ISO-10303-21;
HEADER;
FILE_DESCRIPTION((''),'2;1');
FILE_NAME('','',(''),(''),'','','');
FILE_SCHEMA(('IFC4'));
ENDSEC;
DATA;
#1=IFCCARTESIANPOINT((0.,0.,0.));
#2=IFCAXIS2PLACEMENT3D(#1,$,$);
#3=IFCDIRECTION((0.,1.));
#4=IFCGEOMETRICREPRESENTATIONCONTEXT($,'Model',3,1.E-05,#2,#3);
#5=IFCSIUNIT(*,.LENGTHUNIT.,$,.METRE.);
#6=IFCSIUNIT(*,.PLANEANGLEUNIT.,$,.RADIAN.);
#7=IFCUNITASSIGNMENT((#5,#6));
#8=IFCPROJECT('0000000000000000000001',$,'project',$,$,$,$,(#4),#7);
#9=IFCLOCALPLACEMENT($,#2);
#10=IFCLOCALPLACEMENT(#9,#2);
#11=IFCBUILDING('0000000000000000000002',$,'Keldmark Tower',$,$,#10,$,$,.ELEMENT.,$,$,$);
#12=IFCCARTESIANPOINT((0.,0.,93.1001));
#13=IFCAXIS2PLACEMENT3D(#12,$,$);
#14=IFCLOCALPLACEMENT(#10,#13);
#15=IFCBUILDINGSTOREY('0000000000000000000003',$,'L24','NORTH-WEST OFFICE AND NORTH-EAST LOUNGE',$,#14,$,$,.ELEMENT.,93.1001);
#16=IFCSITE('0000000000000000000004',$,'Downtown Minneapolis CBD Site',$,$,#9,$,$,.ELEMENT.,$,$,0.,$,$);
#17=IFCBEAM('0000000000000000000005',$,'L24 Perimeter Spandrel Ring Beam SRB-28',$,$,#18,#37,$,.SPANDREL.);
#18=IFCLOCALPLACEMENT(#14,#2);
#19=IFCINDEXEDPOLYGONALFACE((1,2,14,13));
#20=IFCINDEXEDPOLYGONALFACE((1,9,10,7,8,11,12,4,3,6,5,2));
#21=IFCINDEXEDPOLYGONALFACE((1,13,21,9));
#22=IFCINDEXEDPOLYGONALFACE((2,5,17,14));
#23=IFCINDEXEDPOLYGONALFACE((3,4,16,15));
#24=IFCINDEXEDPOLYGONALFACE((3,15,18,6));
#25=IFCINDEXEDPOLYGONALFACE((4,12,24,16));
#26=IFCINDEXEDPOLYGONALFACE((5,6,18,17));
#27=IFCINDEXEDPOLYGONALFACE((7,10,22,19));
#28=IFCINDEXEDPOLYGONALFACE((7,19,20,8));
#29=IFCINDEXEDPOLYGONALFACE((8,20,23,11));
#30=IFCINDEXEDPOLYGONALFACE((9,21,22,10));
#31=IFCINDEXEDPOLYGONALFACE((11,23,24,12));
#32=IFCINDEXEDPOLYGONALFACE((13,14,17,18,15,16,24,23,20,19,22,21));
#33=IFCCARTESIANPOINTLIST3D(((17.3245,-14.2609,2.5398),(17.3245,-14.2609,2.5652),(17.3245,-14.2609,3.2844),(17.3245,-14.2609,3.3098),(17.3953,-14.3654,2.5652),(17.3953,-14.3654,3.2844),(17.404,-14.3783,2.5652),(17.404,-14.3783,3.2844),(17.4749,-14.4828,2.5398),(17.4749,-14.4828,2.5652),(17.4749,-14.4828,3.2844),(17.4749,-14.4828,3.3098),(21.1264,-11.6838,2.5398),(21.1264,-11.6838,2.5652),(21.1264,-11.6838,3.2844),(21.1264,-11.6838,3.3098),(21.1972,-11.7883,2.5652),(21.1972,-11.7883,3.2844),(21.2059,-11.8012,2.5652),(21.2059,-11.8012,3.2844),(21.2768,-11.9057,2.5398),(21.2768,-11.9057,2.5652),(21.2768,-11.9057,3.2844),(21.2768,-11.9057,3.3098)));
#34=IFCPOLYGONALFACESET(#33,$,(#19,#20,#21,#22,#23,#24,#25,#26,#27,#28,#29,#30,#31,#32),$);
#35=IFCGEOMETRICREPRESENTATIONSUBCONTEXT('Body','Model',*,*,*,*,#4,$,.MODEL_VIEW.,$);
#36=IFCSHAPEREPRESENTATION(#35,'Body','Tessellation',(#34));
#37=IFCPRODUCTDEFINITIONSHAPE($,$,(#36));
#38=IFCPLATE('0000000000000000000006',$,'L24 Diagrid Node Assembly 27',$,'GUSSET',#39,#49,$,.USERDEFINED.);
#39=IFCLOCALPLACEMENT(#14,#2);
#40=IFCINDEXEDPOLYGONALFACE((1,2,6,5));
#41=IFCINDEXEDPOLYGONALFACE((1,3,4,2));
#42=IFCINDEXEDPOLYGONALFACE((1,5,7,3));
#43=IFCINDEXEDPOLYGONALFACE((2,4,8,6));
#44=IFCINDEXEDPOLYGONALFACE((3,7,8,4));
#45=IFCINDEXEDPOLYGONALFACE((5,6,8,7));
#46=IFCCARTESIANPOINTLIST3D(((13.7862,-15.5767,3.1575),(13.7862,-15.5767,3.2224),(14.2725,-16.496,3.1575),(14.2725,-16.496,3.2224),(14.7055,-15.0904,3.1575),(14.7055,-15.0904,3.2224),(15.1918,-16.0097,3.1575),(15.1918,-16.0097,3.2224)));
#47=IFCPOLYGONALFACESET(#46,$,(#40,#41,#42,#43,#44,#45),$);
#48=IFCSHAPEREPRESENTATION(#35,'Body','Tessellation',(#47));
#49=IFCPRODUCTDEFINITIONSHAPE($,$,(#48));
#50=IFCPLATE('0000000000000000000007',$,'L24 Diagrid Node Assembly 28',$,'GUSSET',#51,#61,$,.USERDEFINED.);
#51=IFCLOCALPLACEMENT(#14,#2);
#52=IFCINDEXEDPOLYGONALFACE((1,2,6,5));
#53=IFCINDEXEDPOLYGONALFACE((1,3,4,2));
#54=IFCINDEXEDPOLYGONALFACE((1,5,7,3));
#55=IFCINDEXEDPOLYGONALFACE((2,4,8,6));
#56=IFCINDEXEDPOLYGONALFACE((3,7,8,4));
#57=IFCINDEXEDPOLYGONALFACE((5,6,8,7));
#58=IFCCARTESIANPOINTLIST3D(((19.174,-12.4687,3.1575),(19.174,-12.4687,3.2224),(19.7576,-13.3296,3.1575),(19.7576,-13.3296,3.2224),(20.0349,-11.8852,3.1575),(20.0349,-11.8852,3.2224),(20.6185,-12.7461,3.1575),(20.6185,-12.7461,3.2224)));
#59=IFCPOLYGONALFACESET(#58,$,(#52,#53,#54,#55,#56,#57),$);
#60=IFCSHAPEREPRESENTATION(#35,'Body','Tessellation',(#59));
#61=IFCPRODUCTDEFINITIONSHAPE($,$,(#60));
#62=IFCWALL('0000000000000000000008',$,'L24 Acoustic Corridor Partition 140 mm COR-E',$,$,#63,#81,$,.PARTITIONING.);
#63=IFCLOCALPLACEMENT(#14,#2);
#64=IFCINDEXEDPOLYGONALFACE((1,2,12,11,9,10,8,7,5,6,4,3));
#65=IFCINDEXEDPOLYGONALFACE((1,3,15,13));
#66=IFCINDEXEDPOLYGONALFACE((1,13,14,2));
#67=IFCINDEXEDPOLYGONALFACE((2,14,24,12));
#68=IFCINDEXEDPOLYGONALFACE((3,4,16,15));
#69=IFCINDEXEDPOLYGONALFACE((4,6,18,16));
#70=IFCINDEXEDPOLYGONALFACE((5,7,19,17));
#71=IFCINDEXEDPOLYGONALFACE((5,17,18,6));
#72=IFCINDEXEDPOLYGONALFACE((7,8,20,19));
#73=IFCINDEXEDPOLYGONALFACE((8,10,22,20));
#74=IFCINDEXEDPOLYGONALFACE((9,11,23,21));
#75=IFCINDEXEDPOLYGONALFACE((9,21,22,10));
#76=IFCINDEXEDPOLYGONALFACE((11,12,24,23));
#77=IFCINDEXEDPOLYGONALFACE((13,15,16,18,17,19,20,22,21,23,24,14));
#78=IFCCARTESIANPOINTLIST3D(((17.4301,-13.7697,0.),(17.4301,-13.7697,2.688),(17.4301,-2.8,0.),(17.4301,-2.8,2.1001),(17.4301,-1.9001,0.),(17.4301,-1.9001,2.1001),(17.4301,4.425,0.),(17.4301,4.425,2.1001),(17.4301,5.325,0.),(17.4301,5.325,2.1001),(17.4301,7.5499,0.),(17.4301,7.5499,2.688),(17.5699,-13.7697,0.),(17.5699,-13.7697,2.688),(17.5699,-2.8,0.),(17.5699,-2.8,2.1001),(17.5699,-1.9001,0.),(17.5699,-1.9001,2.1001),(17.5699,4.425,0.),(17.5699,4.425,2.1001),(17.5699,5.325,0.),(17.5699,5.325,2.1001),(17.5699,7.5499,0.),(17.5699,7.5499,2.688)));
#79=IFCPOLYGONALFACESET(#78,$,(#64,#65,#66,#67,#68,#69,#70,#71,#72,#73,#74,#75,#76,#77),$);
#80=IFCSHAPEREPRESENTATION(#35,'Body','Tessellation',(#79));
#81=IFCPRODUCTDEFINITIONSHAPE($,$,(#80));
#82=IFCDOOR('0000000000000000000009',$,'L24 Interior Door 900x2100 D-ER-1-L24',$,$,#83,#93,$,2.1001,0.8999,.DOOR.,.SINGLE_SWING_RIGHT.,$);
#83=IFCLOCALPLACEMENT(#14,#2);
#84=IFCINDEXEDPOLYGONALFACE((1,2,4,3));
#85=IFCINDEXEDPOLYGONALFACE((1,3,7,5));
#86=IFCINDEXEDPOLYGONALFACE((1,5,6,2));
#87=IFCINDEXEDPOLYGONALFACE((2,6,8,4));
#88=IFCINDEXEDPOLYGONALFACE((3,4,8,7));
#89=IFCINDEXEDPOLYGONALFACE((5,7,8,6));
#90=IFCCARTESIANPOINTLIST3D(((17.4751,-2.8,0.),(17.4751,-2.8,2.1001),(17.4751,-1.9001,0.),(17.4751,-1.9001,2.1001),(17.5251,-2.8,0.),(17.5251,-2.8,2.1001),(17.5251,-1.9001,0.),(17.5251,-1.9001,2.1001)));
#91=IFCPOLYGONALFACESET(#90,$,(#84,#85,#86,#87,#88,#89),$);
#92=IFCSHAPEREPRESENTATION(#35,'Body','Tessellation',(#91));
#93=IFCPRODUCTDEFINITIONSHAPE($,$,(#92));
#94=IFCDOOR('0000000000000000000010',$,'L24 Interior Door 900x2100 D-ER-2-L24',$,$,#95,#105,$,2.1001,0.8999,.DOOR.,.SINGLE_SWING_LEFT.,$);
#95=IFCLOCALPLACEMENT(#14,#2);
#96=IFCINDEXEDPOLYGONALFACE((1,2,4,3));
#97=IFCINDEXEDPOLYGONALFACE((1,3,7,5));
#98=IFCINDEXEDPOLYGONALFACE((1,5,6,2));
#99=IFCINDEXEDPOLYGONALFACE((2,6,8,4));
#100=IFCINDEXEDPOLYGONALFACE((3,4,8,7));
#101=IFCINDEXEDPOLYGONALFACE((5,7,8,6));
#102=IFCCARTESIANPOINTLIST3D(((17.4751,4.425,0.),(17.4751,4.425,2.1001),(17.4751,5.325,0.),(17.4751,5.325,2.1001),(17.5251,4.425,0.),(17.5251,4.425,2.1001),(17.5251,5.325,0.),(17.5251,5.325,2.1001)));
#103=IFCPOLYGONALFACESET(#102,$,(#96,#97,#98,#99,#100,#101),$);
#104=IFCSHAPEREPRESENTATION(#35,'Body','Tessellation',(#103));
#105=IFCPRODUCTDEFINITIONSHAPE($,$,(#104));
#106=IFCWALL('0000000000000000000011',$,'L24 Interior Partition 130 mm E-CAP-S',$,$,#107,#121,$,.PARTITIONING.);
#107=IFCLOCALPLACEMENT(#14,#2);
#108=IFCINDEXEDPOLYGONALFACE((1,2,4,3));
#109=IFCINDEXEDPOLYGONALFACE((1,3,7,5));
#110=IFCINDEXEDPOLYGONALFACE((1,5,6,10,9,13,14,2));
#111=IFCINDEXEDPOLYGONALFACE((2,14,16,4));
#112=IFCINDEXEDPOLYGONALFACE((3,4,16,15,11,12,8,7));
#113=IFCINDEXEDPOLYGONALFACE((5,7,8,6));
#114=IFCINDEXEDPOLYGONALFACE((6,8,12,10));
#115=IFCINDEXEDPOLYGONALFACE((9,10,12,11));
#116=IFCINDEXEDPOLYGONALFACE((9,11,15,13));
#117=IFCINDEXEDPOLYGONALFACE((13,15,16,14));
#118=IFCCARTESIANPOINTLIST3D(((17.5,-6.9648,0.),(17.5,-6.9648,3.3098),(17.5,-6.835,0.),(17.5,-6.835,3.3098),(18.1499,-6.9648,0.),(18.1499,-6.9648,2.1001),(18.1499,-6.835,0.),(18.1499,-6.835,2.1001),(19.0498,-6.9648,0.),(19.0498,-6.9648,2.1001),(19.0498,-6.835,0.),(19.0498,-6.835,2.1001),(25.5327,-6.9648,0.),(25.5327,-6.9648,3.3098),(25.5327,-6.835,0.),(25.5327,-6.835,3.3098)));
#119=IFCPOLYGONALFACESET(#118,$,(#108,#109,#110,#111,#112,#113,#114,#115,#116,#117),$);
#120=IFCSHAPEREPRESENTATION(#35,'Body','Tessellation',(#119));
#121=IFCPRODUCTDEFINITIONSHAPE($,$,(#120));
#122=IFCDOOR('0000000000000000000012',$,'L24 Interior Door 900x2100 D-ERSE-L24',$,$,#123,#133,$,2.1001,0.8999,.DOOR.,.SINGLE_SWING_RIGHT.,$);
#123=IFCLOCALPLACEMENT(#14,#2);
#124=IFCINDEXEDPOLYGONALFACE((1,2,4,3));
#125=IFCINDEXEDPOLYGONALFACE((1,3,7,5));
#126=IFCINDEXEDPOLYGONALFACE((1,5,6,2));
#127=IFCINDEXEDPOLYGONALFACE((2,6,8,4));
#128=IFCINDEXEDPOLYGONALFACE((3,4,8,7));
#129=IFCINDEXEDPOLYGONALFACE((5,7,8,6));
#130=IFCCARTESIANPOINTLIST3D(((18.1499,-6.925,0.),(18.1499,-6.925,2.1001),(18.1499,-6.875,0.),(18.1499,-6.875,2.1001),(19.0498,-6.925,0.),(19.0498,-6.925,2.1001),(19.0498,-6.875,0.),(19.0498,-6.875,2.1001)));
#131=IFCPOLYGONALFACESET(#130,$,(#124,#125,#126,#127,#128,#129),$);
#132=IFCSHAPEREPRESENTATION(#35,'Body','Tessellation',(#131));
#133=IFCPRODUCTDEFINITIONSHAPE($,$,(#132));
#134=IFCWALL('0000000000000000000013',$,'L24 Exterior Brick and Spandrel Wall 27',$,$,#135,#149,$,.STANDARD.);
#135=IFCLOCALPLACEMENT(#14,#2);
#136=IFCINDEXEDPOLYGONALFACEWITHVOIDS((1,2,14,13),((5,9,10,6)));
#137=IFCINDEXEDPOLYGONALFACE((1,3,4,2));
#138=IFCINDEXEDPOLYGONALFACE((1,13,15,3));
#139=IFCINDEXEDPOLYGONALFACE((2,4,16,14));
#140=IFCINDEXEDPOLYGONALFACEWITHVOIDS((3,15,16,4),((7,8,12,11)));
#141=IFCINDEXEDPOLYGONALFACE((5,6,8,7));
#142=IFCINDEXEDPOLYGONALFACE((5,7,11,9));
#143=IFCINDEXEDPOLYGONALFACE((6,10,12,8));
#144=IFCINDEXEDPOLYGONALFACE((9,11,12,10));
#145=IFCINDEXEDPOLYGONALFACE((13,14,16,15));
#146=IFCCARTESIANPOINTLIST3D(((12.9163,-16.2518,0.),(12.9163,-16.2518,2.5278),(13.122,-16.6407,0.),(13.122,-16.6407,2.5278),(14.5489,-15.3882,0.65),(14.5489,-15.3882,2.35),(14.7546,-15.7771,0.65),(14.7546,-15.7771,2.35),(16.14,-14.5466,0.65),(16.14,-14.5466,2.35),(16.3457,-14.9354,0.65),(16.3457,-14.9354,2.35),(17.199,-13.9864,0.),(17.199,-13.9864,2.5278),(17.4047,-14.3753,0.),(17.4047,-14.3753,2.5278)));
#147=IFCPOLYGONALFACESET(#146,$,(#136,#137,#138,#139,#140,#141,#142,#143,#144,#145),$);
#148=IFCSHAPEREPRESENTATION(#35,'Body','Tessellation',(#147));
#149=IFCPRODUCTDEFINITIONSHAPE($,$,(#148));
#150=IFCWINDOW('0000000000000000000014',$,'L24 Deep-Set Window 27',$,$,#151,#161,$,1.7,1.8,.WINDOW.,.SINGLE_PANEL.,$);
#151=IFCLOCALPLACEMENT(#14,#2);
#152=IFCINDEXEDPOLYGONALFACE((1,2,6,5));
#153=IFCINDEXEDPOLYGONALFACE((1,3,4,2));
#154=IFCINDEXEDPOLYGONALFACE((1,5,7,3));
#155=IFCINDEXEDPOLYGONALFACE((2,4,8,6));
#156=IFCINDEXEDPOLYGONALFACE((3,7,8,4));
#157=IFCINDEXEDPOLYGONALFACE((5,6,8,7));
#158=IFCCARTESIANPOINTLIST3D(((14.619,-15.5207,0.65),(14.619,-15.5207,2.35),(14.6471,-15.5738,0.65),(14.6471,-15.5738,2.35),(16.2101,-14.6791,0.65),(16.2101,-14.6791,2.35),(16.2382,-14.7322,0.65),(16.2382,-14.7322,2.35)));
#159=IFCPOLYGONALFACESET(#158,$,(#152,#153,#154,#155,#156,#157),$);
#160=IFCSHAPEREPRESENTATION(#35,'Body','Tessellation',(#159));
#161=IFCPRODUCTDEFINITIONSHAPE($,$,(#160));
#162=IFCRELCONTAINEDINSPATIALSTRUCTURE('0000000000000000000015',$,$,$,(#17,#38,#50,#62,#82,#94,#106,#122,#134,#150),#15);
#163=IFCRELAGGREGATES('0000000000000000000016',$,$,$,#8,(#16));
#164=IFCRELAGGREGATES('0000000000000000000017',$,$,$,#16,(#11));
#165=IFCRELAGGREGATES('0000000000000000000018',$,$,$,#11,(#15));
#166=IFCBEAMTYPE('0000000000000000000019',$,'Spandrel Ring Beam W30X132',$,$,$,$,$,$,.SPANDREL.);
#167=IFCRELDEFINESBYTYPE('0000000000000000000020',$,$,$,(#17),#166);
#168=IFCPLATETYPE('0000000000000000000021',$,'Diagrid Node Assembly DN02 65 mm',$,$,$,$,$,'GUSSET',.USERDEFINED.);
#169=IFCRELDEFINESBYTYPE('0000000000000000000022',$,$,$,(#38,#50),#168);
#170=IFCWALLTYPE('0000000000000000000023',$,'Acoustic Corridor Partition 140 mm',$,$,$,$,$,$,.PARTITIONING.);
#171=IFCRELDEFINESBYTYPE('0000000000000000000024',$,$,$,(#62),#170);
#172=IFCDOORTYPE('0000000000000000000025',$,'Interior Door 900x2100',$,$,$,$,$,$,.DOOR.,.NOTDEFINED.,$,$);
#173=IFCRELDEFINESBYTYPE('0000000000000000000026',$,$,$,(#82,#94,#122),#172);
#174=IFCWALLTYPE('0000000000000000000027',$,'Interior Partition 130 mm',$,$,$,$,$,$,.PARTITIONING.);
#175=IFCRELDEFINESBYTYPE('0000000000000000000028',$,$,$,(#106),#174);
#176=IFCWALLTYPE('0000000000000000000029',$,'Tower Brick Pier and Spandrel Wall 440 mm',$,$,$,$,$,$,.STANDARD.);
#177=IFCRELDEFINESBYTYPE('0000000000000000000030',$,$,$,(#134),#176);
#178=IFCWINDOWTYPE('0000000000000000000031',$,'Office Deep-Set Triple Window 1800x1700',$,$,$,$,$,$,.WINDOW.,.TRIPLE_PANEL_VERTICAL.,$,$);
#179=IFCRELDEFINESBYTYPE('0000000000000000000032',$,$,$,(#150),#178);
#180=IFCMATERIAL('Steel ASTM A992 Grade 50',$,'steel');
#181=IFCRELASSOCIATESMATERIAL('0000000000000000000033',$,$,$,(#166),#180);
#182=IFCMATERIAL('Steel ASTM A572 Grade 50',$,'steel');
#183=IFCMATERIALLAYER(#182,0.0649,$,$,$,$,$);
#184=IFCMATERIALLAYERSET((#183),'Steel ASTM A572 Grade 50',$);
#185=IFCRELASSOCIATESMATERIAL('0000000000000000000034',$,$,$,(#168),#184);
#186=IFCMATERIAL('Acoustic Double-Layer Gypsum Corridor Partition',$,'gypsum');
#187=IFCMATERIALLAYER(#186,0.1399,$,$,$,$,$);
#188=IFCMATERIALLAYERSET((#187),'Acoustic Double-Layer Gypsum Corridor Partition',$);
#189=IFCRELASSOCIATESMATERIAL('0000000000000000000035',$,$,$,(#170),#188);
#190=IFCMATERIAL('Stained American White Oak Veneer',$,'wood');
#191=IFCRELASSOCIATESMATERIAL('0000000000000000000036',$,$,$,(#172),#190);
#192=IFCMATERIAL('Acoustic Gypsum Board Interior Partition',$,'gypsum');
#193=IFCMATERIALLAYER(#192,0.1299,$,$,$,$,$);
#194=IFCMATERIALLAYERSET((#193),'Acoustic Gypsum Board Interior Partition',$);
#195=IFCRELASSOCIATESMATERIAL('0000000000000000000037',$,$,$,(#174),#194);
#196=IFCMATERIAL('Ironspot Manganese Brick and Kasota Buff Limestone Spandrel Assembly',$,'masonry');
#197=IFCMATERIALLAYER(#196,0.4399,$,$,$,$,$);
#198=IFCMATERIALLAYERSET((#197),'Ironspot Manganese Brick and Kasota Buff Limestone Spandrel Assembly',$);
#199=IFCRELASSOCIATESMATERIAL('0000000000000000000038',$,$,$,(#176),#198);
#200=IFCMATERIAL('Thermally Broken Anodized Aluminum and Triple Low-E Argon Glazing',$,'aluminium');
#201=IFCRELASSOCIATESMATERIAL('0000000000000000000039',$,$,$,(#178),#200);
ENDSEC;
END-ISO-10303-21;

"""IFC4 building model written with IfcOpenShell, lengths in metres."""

from ifc_helpers import new_model, si_unit, direction, frame, frame_2d, origin, origin_2d, place, context, subcontext, project, spatial, rectangle, i_section, extrude, material, layer, layer_set, material_profile, profile_set, type_object, element, fill, save


model = new_model("IFC4")

# Units and contexts
model_context = context("Model", 3, precision=1e-05, world=origin(), true_north=direction((0.0, 1.0)))
body_context = subcontext(model_context, "Body", "Model", "MODEL_VIEW")
ifc_project = project(units=[si_unit("LENGTHUNIT", "METRE"), si_unit("PLANEANGLEUNIT", "RADIAN")], contexts=[model_context])

# Site, building, storey
site_placement = place(None, origin())
site = spatial("IfcSite", under=ifc_project, at=site_placement, Name="Downtown Minneapolis CBD Site", CompositionType="ELEMENT", RefElevation=0.0)
building_placement = place(site_placement, origin())
building = spatial("IfcBuilding", under=site, at=building_placement, Name="Keldmark Tower", CompositionType="ELEMENT")
storey_placement = place(building_placement, frame((0.0, 0.0, 93.1001)))
storey = spatial("IfcBuildingStorey", under=building, at=storey_placement, Name="L24", Description="NORTH-WEST OFFICE AND NORTH-EAST LOUNGE", CompositionType="ELEMENT", Elevation=93.1001)

# Beam
ifc_material_1 = material(Name="Steel ASTM A992 Grade 50", Category="steel")
ifc_material_profile_1 = material_profile(ifc_material_1, i_section(OverallWidth=0.2681, OverallDepth=0.77, WebThickness=0.0156, FlangeThickness=0.0254, at=origin_2d()), Name="W30X132")
ifc_profile_set_1 = profile_set([ifc_material_profile_1], Name="Steel ASTM A992 Grade 50")
beam_type_1 = type_object("IfcBeamType", Name="Spandrel Ring Beam W30X132", PredefinedType="SPANDREL", material=ifc_profile_set_1)
beam_1_placement = place(storey_placement, frame((17.3997, -14.3718, 2.9248), z_axis=(0.827757, 0.561087, 0.0), x_axis=(-0.561087, 0.827757, 0.0)))
element("IfcBeam", 1, at=beam_1_placement, inside=storey, type_object=beam_type_1, Name="L24 Perimeter Spandrel Ring Beam SRB-28", PredefinedType="SPANDREL", context=body_context, shape_type="SweptSolid", body=[
    extrude(i_section(OverallWidth=0.2681, OverallDepth=0.77, WebThickness=0.0156, FlangeThickness=0.0254, at=origin_2d()), origin(), (0.0, 0.0, 1.0), 4.593),
])

# Plates
ifc_material_2 = material(Name="Steel ASTM A572 Grade 50", Category="steel")
ifc_layer_1 = layer(ifc_material_2, 0.0649)
ifc_layer_set_1 = layer_set([ifc_layer_1], Name="Steel ASTM A572 Grade 50")
plate_type = type_object("IfcPlateType", Name="Diagrid Node Assembly DN02 65 mm", ElementType="GUSSET", PredefinedType="USERDEFINED", material=ifc_layer_set_1)
for number, where, z_axis, x_axis, name in (
    (2, (14.489, -15.7932, 3.1575), (0.0, 0.0, 1.0), (0.883929, 0.467621, 0.0), "L24 Diagrid Node Assembly 27"),
    (3, (19.8962, -12.6074, 3.1575), (0.0, 0.0, 1.0), (0.827767, 0.561072, 0.0), "L24 Diagrid Node Assembly 28"),
):
    element("IfcPlate", number, at=place(storey_placement, frame(where, z_axis=z_axis, x_axis=x_axis)), inside=storey, type_object=plate_type, Name=name, ObjectType="GUSSET", PredefinedType="USERDEFINED", context=body_context, shape_type="SweptSolid", body=[
        extrude(rectangle(XDim=1.04, YDim=1.04, at=origin_2d()), origin(), (0.0, 0.0, 1.0), 0.0649),
    ])

# Wall, openings, doors
ifc_material_3 = material(Name="Acoustic Double-Layer Gypsum Corridor Partition", Category="gypsum")
ifc_layer_2 = layer(ifc_material_3, 0.1399)
ifc_layer_set_2 = layer_set([ifc_layer_2], Name="Acoustic Double-Layer Gypsum Corridor Partition")
wall_type_1 = type_object("IfcWallType", Name="Acoustic Corridor Partition 140 mm", PredefinedType="PARTITIONING", material=ifc_layer_set_2)
wall_1_placement = place(storey_placement, frame((17.5, -13.7695, 0.0), z_axis=(0.0, 0.0, 1.0), x_axis=(0.0, 1.0, 0.0)))
wall_1 = element("IfcWall", 4, at=wall_1_placement, inside=storey, type_object=wall_type_1, Name="L24 Acoustic Corridor Partition 140 mm COR-E", PredefinedType="PARTITIONING", context=body_context, shape_type="SweptSolid", body=[
    extrude(rectangle(XDim=21.3196, YDim=0.1399, at=frame_2d((10.6597, 0.0))), origin(), (0.0, 0.0, 1.0), 2.688),
])
opening_1_placement = place(wall_1_placement, frame((10.9695, 0.0, 0.0)))
opening_1 = element("IfcOpeningElement", 5, at=opening_1_placement, cuts=wall_1, PredefinedType="OPENING", context=body_context, shape_type="SweptSolid", body=[
    extrude(rectangle(XDim=0.8999, YDim=2.1001, at=frame_2d((0.45, 1.05))), frame((0.0, 0.0798, 0.0), z_axis=(0.0, -1.0, 0.0), x_axis=(1.0, 0.0, 0.0)), (0.0, 0.0, 1.0), 0.1599),
])
opening_2_placement = place(wall_1_placement, frame((18.1946, 0.0, 0.0)))
opening_2 = element("IfcOpeningElement", 6, at=opening_2_placement, cuts=wall_1, PredefinedType="OPENING", context=body_context, shape_type="SweptSolid", body=[
    extrude(rectangle(XDim=0.8999, YDim=2.1001, at=frame_2d((0.45, 1.05))), frame((0.0, 0.0798, 0.0), z_axis=(0.0, -1.0, 0.0), x_axis=(1.0, 0.0, 0.0)), (0.0, 0.0, 1.0), 0.1599),
])
ifc_material_4 = material(Name="Stained American White Oak Veneer", Category="wood")
door_type = type_object("IfcDoorType", Name="Interior Door 900x2100", OperationType="NOTDEFINED", PredefinedType="DOOR", material=ifc_material_4)
door_1_placement = place(opening_1_placement, origin())
door_1 = element("IfcDoor", 7, at=door_1_placement, inside=storey, type_object=door_type, Name="L24 Interior Door 900x2100 D-ER-1-L24", OperationType="SINGLE_SWING_RIGHT", OverallHeight=2.1001, OverallWidth=0.8999, PredefinedType="DOOR", context=body_context, shape_type="SweptSolid", body=[
    extrude(rectangle(XDim=0.8999, YDim=2.1001, at=frame_2d((0.45, 1.05))), frame((0.0, 0.0249, 0.0), z_axis=(0.0, -1.0, 0.0), x_axis=(1.0, 0.0, 0.0)), (0.0, 0.0, 1.0), 0.05),
])
fill(opening_1, door_1)
door_2_placement = place(opening_2_placement, origin())
door_2 = element("IfcDoor", 8, at=door_2_placement, inside=storey, type_object=door_type, Name="L24 Interior Door 900x2100 D-ER-2-L24", OperationType="SINGLE_SWING_LEFT", OverallHeight=2.1001, OverallWidth=0.8999, PredefinedType="DOOR", context=body_context, shape_type="SweptSolid", body=[
    extrude(rectangle(XDim=0.8999, YDim=2.1001, at=frame_2d((0.45, 1.05))), frame((0.0, 0.0249, 0.0), z_axis=(0.0, -1.0, 0.0), x_axis=(1.0, 0.0, 0.0)), (0.0, 0.0, 1.0), 0.05),
])
fill(opening_2, door_2)

# Wall, opening, door
ifc_material_5 = material(Name="Acoustic Gypsum Board Interior Partition", Category="gypsum")
ifc_layer_3 = layer(ifc_material_5, 0.1299)
ifc_layer_set_3 = layer_set([ifc_layer_3], Name="Acoustic Gypsum Board Interior Partition")
wall_type_2 = type_object("IfcWallType", Name="Interior Partition 130 mm", PredefinedType="PARTITIONING", material=ifc_layer_set_3)
wall_2_placement = place(storey_placement, frame((17.5, -6.8999, 0.0), z_axis=(0.0, 0.0, 1.0), x_axis=(1.0, 0.0, 0.0)))
wall_2 = element("IfcWall", 9, at=wall_2_placement, inside=storey, type_object=wall_type_2, Name="L24 Interior Partition 130 mm E-CAP-S", PredefinedType="PARTITIONING", context=body_context, shape_type="SweptSolid", body=[
    extrude(rectangle(XDim=8.0327, YDim=0.1299, at=frame_2d((4.0164, 0.0))), origin(), (0.0, 0.0, 1.0), 3.3098),
])
opening_3_placement = place(wall_2_placement, frame((0.6499, 0.0, 0.0)))
opening_3 = element("IfcOpeningElement", 10, at=opening_3_placement, cuts=wall_2, PredefinedType="OPENING", context=body_context, shape_type="SweptSolid", body=[
    extrude(rectangle(XDim=0.8999, YDim=2.1001, at=frame_2d((0.45, 1.05))), frame((0.0, 0.075, 0.0), z_axis=(0.0, -1.0, 0.0), x_axis=(1.0, 0.0, 0.0)), (0.0, 0.0, 1.0), 0.1499),
])
door_3_placement = place(opening_3_placement, origin())
door_3 = element("IfcDoor", 11, at=door_3_placement, inside=storey, type_object=door_type, Name="L24 Interior Door 900x2100 D-ERSE-L24", OperationType="SINGLE_SWING_RIGHT", OverallHeight=2.1001, OverallWidth=0.8999, PredefinedType="DOOR", context=body_context, shape_type="SweptSolid", body=[
    extrude(rectangle(XDim=0.8999, YDim=2.1001, at=frame_2d((0.45, 1.05))), frame((0.0, 0.0249, 0.0), z_axis=(0.0, -1.0, 0.0), x_axis=(1.0, 0.0, 0.0)), (0.0, 0.0, 1.0), 0.05),
])
fill(opening_3, door_3)

# Wall, opening, window
ifc_material_6 = material(Name="Ironspot Manganese Brick and Kasota Buff Limestone Spandrel Assembly", Category="masonry")
ifc_layer_4 = layer(ifc_material_6, 0.4399)
ifc_layer_set_4 = layer_set([ifc_layer_4], Name="Ironspot Manganese Brick and Kasota Buff Limestone Spandrel Assembly")
wall_type_3 = type_object("IfcWallType", Name="Tower Brick Pier and Spandrel Wall 440 mm", PredefinedType="STANDARD", material=ifc_layer_set_4)
wall_3_placement = place(storey_placement, frame((17.3018, -14.1809, 0.0), z_axis=(0.0, 0.0, 1.0), x_axis=(-0.883953, -0.467575, 0.0)))
wall_3 = element("IfcWall", 12, at=wall_3_placement, inside=storey, type_object=wall_type_3, Name="L24 Exterior Brick and Spandrel Wall 27", PredefinedType="STANDARD", context=body_context, shape_type="SweptSolid", body=[
    extrude(rectangle(XDim=4.845, YDim=0.4399, at=frame_2d((2.4224, 0.0))), origin(), (0.0, 0.0, 1.0), 2.5278),
])
opening_4_placement = place(wall_3_placement, frame((1.198, 0.0, 0.6499)))
opening_4 = element("IfcOpeningElement", 13, at=opening_4_placement, cuts=wall_3, PredefinedType="OPENING", context=body_context, shape_type="SweptSolid", body=[
    extrude(rectangle(XDim=1.8, YDim=1.7, at=frame_2d((0.8999, 0.8501))), frame((0.0, 0.23, 0.0), z_axis=(0.0, -1.0, 0.0), x_axis=(1.0, 0.0, 0.0)), (0.0, 0.0, 1.0), 0.46),
])
ifc_material_7 = material(Name="Thermally Broken Anodized Aluminum and Triple Low-E Argon Glazing", Category="aluminium")
window_type = type_object("IfcWindowType", Name="Office Deep-Set Triple Window 1800x1700", PartitioningType="TRIPLE_PANEL_VERTICAL", PredefinedType="WINDOW", material=ifc_material_7)
window_1_placement = place(opening_4_placement, origin())
window_1 = element("IfcWindow", 14, at=window_1_placement, inside=storey, type_object=window_type, Name="L24 Deep-Set Window 27", OverallHeight=1.7, OverallWidth=1.8, PartitioningType="SINGLE_PANEL", PredefinedType="WINDOW", context=body_context, shape_type="SweptSolid", body=[
    extrude(rectangle(XDim=1.8, YDim=1.7, at=frame_2d((0.8999, 0.8501))), frame((0.0, -0.01, 0.0), z_axis=(0.0, -1.0, 0.0), x_axis=(1.0, 0.0, 0.0)), (0.0, 0.0, 1.0), 0.0601),
])
fill(opening_4, window_1)

save(model, "model.ifc")
